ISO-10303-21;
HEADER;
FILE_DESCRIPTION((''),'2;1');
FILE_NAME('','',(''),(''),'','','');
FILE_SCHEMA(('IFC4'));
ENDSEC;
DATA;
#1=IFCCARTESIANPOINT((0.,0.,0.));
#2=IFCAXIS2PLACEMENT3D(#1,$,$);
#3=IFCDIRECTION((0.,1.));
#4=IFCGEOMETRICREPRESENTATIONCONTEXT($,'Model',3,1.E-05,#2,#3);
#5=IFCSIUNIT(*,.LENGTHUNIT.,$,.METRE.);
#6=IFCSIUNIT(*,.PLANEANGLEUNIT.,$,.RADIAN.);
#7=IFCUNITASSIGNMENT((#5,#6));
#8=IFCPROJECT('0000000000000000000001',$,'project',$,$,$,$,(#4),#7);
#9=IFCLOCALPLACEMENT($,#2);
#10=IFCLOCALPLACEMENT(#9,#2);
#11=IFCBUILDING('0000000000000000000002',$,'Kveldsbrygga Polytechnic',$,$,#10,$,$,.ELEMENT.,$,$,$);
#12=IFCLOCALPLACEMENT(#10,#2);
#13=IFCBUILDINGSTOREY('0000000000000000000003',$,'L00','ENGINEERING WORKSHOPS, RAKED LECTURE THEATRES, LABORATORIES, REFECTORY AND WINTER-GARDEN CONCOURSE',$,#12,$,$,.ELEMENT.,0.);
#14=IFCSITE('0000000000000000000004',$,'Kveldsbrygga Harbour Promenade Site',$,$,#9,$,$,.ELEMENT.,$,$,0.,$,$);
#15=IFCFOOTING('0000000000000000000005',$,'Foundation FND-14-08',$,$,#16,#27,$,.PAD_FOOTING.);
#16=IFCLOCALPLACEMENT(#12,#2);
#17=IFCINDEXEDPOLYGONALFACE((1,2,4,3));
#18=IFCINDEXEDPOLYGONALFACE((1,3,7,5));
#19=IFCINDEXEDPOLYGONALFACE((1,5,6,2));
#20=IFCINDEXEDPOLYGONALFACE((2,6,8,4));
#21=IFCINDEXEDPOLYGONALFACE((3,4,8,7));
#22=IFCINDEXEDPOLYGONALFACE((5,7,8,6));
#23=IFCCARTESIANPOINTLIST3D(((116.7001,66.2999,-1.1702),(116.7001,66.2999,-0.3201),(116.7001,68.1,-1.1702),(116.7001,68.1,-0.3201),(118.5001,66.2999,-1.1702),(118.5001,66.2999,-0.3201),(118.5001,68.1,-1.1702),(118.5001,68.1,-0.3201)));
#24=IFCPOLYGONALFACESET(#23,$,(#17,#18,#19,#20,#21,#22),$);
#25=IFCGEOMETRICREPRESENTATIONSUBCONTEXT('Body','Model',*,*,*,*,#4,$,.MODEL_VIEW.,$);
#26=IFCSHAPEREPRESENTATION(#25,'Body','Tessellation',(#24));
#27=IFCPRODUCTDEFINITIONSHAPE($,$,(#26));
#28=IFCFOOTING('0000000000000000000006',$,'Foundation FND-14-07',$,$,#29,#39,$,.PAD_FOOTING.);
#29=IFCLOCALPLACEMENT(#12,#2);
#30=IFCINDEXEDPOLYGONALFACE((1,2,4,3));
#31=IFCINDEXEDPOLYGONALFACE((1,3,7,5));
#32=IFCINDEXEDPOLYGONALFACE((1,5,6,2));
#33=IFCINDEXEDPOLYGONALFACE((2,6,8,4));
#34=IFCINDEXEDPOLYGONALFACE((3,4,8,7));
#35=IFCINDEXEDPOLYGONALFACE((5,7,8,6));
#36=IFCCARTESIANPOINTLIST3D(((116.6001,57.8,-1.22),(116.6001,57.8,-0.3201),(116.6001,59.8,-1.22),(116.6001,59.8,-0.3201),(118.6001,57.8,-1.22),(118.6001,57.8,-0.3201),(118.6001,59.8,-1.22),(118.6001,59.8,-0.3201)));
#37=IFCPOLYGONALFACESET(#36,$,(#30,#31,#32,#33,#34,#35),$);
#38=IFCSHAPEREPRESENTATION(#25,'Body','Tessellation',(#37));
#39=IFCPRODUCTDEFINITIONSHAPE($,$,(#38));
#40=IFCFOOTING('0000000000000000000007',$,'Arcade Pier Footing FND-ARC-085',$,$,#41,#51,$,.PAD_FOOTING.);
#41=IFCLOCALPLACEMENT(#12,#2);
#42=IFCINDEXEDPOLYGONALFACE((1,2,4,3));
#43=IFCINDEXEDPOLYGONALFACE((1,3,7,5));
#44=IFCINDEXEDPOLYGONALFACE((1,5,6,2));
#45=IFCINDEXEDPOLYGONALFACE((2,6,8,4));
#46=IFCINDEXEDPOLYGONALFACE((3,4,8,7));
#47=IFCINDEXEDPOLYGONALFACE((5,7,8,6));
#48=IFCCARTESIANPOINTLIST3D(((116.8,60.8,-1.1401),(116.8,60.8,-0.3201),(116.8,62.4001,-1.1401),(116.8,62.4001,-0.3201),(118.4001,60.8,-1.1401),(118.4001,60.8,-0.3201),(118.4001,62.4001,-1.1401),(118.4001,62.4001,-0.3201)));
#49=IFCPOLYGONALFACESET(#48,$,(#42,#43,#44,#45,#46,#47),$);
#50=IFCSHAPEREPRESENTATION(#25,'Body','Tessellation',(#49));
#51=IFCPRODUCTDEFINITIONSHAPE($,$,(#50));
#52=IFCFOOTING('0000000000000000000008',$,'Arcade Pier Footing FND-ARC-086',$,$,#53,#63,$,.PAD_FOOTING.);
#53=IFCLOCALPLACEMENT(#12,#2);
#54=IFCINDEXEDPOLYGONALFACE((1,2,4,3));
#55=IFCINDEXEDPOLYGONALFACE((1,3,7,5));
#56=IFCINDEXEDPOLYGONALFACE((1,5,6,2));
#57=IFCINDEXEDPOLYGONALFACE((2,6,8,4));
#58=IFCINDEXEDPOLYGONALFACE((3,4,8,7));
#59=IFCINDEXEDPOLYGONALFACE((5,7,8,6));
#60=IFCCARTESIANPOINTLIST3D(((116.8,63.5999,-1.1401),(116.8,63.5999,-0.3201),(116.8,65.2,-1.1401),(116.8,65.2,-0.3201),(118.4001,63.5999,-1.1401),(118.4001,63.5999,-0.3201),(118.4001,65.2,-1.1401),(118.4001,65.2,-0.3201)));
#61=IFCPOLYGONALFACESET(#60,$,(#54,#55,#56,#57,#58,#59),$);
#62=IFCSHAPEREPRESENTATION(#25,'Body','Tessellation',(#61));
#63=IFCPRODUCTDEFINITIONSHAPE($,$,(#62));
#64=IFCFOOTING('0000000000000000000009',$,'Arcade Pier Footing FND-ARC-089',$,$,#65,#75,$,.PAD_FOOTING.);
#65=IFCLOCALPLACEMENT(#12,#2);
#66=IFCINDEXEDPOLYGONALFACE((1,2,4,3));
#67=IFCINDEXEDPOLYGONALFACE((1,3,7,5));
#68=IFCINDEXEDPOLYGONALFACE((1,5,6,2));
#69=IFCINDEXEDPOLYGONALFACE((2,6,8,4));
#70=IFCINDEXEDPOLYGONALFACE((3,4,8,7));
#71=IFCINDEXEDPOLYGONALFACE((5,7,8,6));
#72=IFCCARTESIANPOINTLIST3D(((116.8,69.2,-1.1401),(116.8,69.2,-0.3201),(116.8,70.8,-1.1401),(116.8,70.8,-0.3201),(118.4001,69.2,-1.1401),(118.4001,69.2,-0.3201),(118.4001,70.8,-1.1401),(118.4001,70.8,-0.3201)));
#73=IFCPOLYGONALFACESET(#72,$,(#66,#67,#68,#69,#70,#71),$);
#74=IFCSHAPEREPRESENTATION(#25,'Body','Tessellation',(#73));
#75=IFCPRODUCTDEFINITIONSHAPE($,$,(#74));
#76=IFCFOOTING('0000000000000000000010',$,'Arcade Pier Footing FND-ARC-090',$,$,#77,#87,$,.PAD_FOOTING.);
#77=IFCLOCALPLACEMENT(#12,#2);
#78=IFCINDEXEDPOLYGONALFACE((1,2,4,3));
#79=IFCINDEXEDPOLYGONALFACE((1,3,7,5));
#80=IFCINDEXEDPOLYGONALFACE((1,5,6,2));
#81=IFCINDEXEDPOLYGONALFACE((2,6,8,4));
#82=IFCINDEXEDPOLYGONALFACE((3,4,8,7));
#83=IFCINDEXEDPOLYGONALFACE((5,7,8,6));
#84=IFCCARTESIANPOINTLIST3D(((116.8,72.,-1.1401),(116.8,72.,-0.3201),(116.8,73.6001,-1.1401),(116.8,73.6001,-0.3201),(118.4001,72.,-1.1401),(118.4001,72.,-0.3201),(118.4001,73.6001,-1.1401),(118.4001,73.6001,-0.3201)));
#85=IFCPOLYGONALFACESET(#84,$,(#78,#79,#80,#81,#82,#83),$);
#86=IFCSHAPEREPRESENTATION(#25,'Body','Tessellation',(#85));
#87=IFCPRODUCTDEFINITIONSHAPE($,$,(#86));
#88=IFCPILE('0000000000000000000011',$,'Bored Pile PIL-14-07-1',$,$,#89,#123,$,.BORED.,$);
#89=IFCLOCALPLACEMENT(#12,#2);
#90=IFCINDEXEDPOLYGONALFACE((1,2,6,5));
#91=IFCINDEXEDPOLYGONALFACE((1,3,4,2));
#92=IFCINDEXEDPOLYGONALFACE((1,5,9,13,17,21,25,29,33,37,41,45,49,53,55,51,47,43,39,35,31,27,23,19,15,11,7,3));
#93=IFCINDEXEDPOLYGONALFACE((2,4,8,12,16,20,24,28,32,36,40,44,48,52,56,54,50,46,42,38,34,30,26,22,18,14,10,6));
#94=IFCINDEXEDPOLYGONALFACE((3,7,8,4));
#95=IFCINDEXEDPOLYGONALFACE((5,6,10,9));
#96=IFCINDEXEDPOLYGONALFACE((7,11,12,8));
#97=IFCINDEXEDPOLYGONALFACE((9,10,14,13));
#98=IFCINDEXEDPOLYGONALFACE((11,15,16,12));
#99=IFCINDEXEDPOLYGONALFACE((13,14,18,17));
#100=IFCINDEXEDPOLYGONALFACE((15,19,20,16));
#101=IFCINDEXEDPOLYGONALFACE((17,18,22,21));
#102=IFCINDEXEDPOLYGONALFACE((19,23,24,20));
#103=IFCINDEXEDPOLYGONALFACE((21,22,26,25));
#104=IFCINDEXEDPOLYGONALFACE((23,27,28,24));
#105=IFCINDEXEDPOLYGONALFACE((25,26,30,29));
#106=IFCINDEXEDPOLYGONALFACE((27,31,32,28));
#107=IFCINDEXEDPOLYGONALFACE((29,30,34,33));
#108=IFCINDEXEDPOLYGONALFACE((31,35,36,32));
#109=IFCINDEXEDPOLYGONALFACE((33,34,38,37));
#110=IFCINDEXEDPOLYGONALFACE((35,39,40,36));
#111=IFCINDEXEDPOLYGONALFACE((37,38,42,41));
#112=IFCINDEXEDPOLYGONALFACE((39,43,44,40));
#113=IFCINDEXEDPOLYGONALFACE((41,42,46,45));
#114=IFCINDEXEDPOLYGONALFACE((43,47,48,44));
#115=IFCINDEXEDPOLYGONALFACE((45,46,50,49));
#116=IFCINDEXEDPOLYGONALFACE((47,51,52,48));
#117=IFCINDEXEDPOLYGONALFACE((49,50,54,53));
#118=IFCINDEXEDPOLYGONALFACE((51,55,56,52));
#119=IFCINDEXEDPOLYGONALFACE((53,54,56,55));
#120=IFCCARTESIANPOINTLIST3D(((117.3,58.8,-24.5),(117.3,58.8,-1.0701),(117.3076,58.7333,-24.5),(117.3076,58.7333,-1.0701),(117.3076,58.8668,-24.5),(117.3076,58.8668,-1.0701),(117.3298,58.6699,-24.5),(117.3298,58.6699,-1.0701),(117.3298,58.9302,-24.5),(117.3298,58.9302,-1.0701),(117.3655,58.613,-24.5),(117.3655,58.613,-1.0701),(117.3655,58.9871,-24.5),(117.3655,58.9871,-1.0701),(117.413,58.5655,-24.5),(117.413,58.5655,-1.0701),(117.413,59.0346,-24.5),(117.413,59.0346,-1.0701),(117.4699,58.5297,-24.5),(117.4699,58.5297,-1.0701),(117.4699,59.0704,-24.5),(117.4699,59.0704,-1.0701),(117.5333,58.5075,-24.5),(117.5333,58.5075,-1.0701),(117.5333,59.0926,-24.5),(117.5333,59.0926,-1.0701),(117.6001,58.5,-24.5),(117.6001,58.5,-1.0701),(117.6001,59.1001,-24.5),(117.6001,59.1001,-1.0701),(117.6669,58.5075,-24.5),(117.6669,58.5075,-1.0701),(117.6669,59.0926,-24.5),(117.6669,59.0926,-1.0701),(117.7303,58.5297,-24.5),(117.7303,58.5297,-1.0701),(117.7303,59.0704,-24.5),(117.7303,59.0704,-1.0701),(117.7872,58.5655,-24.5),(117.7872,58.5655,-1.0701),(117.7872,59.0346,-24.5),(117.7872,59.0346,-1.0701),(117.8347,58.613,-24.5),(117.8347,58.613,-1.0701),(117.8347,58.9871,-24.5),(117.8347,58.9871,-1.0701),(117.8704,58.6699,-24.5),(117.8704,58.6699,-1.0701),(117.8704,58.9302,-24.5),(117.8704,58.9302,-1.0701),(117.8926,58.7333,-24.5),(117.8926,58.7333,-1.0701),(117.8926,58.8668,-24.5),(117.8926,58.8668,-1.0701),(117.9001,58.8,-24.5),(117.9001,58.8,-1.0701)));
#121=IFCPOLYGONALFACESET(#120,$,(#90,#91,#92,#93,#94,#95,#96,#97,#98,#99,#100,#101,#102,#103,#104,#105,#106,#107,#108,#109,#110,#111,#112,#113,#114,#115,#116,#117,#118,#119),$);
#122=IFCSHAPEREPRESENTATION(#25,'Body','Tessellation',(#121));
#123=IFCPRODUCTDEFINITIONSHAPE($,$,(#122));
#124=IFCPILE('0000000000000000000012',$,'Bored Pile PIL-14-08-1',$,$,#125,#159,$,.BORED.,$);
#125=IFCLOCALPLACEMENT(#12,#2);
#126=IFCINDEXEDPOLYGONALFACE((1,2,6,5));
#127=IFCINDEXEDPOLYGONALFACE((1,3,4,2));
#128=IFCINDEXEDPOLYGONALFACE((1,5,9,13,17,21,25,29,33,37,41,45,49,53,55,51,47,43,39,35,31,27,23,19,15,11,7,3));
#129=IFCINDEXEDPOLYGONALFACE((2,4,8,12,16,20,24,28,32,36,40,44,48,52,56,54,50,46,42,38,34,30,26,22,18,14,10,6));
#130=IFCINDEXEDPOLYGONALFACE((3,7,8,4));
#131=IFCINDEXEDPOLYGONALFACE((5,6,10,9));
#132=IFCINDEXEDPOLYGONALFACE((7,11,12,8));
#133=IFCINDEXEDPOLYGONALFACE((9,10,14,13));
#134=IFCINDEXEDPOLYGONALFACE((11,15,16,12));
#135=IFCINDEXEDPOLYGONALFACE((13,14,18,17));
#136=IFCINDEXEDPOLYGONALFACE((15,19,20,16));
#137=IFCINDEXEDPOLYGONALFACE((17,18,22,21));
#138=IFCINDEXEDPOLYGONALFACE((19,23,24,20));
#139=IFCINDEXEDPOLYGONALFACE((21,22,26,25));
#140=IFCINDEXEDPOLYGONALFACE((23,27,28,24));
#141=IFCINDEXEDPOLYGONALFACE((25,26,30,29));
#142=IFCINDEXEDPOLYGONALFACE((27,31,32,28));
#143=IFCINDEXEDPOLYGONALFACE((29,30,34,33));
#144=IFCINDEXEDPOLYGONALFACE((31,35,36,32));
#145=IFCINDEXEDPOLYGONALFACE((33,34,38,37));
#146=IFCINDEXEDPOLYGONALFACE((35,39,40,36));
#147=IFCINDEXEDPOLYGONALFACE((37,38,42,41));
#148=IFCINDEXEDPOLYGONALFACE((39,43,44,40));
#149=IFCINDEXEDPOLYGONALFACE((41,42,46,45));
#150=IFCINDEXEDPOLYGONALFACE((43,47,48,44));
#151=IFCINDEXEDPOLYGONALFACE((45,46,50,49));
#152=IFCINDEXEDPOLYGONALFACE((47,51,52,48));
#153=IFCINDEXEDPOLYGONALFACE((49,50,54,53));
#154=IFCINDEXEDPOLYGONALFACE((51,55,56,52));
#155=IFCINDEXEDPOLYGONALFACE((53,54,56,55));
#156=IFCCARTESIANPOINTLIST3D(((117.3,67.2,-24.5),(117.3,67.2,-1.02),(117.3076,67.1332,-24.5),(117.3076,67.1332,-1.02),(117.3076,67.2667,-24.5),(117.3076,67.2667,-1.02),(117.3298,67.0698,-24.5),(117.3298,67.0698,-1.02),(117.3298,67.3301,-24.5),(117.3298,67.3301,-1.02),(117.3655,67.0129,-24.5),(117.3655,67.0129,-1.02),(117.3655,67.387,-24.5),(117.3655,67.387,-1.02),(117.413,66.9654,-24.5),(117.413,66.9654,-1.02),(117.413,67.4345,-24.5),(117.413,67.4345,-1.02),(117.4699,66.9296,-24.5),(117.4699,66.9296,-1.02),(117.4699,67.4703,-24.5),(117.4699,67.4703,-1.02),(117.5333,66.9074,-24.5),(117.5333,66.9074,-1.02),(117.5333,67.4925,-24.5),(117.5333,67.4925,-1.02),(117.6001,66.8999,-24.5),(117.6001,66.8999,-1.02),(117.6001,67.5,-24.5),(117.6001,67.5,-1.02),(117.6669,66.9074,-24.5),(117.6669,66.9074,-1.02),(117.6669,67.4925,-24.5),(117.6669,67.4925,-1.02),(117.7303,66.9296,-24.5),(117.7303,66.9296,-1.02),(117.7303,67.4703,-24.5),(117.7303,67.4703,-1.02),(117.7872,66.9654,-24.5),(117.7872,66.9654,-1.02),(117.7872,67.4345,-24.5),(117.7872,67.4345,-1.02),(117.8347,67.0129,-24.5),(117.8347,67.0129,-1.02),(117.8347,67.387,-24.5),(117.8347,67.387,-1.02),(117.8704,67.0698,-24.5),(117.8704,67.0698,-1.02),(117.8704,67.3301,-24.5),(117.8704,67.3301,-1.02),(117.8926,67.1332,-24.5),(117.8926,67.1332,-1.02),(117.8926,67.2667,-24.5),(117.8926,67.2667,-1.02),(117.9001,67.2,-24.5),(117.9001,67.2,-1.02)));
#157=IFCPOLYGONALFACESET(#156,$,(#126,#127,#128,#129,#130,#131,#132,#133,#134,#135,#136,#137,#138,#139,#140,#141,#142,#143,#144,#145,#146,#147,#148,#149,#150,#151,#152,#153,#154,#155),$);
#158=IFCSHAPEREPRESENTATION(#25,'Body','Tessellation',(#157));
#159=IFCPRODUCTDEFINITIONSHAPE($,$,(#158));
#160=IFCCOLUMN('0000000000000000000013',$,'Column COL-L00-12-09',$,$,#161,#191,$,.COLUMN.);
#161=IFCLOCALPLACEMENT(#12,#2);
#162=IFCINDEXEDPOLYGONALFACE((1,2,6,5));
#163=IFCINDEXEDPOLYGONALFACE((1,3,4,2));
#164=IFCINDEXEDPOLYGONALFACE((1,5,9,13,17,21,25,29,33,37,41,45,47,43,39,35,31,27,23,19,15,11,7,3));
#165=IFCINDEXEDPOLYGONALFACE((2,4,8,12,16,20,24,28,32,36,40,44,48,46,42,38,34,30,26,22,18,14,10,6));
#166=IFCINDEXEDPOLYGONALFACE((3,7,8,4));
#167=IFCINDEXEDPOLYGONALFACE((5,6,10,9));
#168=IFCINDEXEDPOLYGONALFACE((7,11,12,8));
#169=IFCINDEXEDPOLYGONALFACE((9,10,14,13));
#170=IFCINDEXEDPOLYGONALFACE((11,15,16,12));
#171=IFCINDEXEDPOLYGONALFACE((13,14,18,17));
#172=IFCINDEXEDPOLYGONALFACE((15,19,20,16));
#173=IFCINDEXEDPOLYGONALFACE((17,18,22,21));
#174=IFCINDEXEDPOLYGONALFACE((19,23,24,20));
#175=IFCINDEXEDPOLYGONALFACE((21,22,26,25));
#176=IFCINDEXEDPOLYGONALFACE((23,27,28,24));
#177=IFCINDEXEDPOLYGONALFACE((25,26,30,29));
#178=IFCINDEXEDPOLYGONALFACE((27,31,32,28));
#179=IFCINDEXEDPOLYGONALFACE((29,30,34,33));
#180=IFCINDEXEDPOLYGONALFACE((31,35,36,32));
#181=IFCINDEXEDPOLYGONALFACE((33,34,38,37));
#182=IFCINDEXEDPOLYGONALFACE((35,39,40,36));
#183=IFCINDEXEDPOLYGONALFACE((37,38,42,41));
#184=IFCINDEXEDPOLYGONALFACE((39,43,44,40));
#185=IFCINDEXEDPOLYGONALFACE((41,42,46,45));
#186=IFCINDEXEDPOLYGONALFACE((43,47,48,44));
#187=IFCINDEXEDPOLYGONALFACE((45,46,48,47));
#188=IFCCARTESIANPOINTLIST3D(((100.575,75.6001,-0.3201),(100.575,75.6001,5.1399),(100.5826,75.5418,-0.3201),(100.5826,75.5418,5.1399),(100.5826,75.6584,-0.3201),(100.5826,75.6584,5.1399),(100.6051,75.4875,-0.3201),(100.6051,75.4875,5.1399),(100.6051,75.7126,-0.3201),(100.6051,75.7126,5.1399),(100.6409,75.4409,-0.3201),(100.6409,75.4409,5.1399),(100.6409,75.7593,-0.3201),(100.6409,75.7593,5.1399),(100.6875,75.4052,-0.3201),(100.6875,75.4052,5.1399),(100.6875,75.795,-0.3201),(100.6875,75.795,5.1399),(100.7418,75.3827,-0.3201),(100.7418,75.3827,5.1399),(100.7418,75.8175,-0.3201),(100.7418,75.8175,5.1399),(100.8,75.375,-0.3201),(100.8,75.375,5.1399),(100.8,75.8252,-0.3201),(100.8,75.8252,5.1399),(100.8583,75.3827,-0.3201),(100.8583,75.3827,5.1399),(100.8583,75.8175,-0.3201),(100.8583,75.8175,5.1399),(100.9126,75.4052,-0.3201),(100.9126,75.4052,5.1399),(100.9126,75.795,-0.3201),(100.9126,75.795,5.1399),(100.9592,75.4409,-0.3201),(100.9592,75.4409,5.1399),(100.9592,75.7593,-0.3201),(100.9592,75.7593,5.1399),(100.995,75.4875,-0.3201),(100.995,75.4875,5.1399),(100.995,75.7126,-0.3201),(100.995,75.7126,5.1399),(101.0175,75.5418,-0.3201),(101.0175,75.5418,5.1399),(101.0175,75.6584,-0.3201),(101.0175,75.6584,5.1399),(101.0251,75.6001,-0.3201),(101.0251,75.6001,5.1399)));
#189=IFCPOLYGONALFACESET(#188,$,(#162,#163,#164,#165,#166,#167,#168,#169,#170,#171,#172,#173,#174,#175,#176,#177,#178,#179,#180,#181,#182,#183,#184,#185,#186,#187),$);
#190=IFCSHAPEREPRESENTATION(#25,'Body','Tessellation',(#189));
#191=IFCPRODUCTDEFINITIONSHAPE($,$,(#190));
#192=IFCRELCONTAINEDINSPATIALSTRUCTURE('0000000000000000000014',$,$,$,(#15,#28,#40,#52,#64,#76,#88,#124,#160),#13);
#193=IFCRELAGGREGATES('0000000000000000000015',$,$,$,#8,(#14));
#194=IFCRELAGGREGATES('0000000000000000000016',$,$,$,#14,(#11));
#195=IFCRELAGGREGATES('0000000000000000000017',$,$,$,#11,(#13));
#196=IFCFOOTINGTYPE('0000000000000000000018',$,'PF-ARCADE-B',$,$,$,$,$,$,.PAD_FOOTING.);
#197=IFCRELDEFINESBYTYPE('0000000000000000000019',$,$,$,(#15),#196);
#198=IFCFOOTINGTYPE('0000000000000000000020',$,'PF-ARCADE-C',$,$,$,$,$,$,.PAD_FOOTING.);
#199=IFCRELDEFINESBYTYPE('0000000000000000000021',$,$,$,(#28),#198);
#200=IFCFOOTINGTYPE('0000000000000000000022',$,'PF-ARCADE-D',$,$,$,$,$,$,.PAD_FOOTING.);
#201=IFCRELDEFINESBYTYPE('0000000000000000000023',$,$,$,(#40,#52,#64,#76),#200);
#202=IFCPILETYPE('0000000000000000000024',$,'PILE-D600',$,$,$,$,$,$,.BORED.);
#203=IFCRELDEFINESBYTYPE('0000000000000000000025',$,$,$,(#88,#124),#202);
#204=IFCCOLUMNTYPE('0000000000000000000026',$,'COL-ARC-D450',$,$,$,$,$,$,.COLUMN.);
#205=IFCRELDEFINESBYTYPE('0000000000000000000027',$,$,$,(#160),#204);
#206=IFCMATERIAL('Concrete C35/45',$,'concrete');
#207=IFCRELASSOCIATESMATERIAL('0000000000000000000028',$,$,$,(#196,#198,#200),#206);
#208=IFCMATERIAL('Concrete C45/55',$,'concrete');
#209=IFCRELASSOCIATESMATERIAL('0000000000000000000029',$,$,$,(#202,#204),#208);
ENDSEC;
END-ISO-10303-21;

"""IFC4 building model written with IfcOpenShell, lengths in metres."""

from ifc_helpers import new_model, si_unit, direction, frame, origin, origin_2d, place, context, subcontext, project, spatial, rectangle, circle, extrude, material, material_profile, profile_set, type_object, element, save


model = new_model("IFC4")

# Units and contexts
model_context = context("Model", 3, precision=1e-05, world=origin(), true_north=direction((0.0, 1.0)))
body_context = subcontext(model_context, "Body", "Model", "MODEL_VIEW")
ifc_project = project(units=[si_unit("LENGTHUNIT", "METRE"), si_unit("PLANEANGLEUNIT", "RADIAN")], contexts=[model_context])

# Site, building, storey
site_placement = place(None, origin())
site = spatial("IfcSite", under=ifc_project, at=site_placement, Name="Kveldsbrygga Harbour Promenade Site", CompositionType="ELEMENT", RefElevation=0.0)
building_placement = place(site_placement, origin())
building = spatial("IfcBuilding", under=site, at=building_placement, Name="Kveldsbrygga Polytechnic", CompositionType="ELEMENT")
storey_placement = place(building_placement, origin())
storey = spatial("IfcBuildingStorey", under=building, at=storey_placement, Name="L00", Description="ENGINEERING WORKSHOPS, RAKED LECTURE THEATRES, LABORATORIES, REFECTORY AND WINTER-GARDEN CONCOURSE", CompositionType="ELEMENT", Elevation=0.0)

# Footings
ifc_material_1 = material(Name="Concrete C35/45", Category="concrete")
footing_type_1 = type_object("IfcFootingType", Name="PF-ARCADE-B", PredefinedType="PAD_FOOTING", material=ifc_material_1)
footing_1_placement = place(storey_placement, frame((117.6001, 67.2, -1.1702), z_axis=(0.0, 0.0, 1.0), x_axis=(1.0, 0.0, 0.0)))
element("IfcFooting", 1, at=footing_1_placement, inside=storey, type_object=footing_type_1, Name="Foundation FND-14-08", PredefinedType="PAD_FOOTING", context=body_context, shape_type="SweptSolid", body=[
    extrude(rectangle(XDim=1.8, YDim=1.8, at=origin_2d()), origin(), (0.0, 0.0, 1.0), 0.8501),
])
footing_type_2 = type_object("IfcFootingType", Name="PF-ARCADE-C", PredefinedType="PAD_FOOTING", material=ifc_material_1)
footing_2_placement = place(storey_placement, frame((117.6001, 58.8, -1.22), z_axis=(0.0, 0.0, 1.0), x_axis=(1.0, 0.0, 0.0)))
element("IfcFooting", 2, at=footing_2_placement, inside=storey, type_object=footing_type_2, Name="Foundation FND-14-07", PredefinedType="PAD_FOOTING", context=body_context, shape_type="SweptSolid", body=[
    extrude(rectangle(XDim=2.0, YDim=2.0, at=origin_2d()), origin(), (0.0, 0.0, 1.0), 0.8999),
])
footing_type_3 = type_object("IfcFootingType", Name="PF-ARCADE-D", PredefinedType="PAD_FOOTING", material=ifc_material_1)
for number, where, z_axis, x_axis, name in (
    (3, (117.6001, 61.6001, -1.1401), (0.0, 0.0, 1.0), (1.0, 0.0, 0.0), "Arcade Pier Footing FND-ARC-085"),
    (4, (117.6001, 64.3999, -1.1401), (0.0, 0.0, 1.0), (1.0, 0.0, 0.0), "Arcade Pier Footing FND-ARC-086"),
    (5, (117.6001, 70.0, -1.1401), (0.0, 0.0, 1.0), (1.0, 0.0, 0.0), "Arcade Pier Footing FND-ARC-089"),
    (6, (117.6001, 72.8, -1.1401), (0.0, 0.0, 1.0), (1.0, 0.0, 0.0), "Arcade Pier Footing FND-ARC-090"),
):
    element("IfcFooting", number, at=place(storey_placement, frame(where, z_axis=z_axis, x_axis=x_axis)), inside=storey, type_object=footing_type_3, Name=name, PredefinedType="PAD_FOOTING", context=body_context, shape_type="SweptSolid", body=[
        extrude(rectangle(XDim=1.6001, YDim=1.6001, at=origin_2d()), origin(), (0.0, 0.0, 1.0), 0.8201),
    ])

# Piles
ifc_material_2 = material(Name="Concrete C45/55", Category="concrete")
ifc_material_profile_1 = material_profile(ifc_material_2, circle(Radius=0.3, at=origin_2d()), Name="PILE D600")
ifc_profile_set_1 = profile_set([ifc_material_profile_1], Name="Concrete C45/55")
pile_type = type_object("IfcPileType", Name="PILE-D600", PredefinedType="BORED", material=ifc_profile_set_1)
pile_1_placement = place(storey_placement, frame((117.6001, 58.8, -1.0701), z_axis=(0.0, 0.0, -1.0), x_axis=(1.0, 0.0, 0.0)))
element("IfcPile", 7, at=pile_1_placement, inside=storey, type_object=pile_type, Name="Bored Pile PIL-14-07-1", PredefinedType="BORED", context=body_context, shape_type="SweptSolid", body=[
    extrude(circle(Radius=0.3, at=origin_2d()), origin(), (0.0, 0.0, 1.0), 23.4299),
])
pile_2_placement = place(storey_placement, frame((117.6001, 67.2, -1.02), z_axis=(0.0, 0.0, -1.0), x_axis=(1.0, 0.0, 0.0)))
element("IfcPile", 8, at=pile_2_placement, inside=storey, type_object=pile_type, Name="Bored Pile PIL-14-08-1", PredefinedType="BORED", context=body_context, shape_type="SweptSolid", body=[
    extrude(circle(Radius=0.3, at=origin_2d()), origin(), (0.0, 0.0, 1.0), 23.48),
])

# Column
ifc_material_profile_2 = material_profile(ifc_material_2, circle(Radius=0.2251, at=origin_2d()), Name="RC D450")
ifc_profile_set_2 = profile_set([ifc_material_profile_2], Name="Concrete C45/55")
column_type_1 = type_object("IfcColumnType", Name="COL-ARC-D450", PredefinedType="COLUMN", material=ifc_profile_set_2)
for number, where, z_axis, x_axis, name in (
    (9, (100.8, 75.6001, -0.3201), (0.0, 0.0, 1.0), (1.0, 0.0, 0.0), "Column COL-L00-12-09"),
):
    element("IfcColumn", number, at=place(storey_placement, frame(where, z_axis=z_axis, x_axis=x_axis)), inside=storey, type_object=column_type_1, Name=name, PredefinedType="COLUMN", context=body_context, shape_type="SweptSolid", body=[
        extrude(circle(Radius=0.2251, at=origin_2d()), origin(), (0.0, 0.0, 1.0), 5.46),
    ])

save(model, "model.ifc")
